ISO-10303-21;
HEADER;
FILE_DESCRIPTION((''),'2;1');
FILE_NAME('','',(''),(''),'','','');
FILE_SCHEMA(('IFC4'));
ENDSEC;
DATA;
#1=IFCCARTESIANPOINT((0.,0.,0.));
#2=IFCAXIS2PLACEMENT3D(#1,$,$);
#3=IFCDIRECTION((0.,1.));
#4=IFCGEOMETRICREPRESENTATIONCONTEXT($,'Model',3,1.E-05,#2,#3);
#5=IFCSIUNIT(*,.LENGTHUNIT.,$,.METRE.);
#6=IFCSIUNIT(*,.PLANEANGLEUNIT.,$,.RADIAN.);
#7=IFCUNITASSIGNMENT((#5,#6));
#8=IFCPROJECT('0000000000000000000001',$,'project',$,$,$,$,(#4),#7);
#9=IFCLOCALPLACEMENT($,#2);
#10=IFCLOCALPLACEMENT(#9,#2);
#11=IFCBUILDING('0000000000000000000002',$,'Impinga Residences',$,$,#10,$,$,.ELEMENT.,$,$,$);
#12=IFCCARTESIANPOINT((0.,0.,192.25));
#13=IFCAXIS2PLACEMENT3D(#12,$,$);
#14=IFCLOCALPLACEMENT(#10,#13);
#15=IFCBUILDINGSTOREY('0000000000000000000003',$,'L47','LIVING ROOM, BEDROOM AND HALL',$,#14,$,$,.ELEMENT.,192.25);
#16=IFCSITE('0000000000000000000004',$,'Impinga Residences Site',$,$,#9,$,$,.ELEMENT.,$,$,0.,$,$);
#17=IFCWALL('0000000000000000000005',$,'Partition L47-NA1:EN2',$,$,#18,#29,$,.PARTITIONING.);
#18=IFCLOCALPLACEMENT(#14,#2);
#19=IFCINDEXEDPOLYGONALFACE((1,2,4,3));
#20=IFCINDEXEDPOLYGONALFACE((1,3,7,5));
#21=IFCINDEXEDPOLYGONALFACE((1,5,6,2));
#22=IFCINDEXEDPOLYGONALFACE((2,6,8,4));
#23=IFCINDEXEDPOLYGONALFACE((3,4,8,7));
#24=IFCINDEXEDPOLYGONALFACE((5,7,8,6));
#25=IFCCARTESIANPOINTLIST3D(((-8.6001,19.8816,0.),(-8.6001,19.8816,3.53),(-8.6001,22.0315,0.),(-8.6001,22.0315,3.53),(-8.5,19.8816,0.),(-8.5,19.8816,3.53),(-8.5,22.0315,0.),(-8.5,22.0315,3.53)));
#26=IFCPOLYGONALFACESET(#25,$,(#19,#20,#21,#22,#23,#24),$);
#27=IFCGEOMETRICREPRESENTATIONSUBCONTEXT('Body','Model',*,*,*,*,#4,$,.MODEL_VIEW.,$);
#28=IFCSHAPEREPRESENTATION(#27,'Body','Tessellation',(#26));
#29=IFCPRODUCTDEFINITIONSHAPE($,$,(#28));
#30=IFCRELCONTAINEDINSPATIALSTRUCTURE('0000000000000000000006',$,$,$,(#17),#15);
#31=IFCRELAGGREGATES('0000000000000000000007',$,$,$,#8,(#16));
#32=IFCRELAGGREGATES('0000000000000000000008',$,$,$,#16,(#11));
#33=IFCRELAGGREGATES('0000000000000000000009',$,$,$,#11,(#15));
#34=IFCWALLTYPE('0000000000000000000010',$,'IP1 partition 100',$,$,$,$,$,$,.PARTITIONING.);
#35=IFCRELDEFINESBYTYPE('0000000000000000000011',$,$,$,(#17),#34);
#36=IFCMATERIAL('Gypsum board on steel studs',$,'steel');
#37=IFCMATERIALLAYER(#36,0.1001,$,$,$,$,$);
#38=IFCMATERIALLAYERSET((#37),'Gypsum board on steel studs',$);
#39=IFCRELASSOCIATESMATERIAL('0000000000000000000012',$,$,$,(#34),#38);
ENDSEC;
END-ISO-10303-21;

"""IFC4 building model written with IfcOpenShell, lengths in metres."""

from ifc_helpers import new_model, si_unit, direction, frame, frame_2d, origin, place, context, subcontext, project, spatial, rectangle, extrude, material, layer, layer_set, type_object, element, save


model = new_model("IFC4")

# Units and contexts
model_context = context("Model", 3, precision=1e-05, world=origin(), true_north=direction((0.0, 1.0)))
body_context = subcontext(model_context, "Body", "Model", "MODEL_VIEW")
ifc_project = project(units=[si_unit("LENGTHUNIT", "METRE"), si_unit("PLANEANGLEUNIT", "RADIAN")], contexts=[model_context])

# Site, building, storey
site_placement = place(None, origin())
site = spatial("IfcSite", under=ifc_project, at=site_placement, Name="Impinga Residences Site", CompositionType="ELEMENT", RefElevation=0.0)
building_placement = place(site_placement, origin())
building = spatial("IfcBuilding", under=site, at=building_placement, Name="Impinga Residences", CompositionType="ELEMENT")
storey_placement = place(building_placement, frame((0.0, 0.0, 192.25)))
storey = spatial("IfcBuildingStorey", under=building, at=storey_placement, Name="L47", Description="LIVING ROOM, BEDROOM AND HALL", CompositionType="ELEMENT", Elevation=192.25)

# Shared definitions
ifc_material_1 = material(Name="Gypsum board on steel studs", Category="steel")
ifc_layer_1 = layer(ifc_material_1, 0.1001)
ifc_layer_set_1 = layer_set([ifc_layer_1], Name="Gypsum board on steel studs")
wall_type_1 = type_object("IfcWallType", Name="IP1 partition 100", PredefinedType="PARTITIONING", material=ifc_layer_set_1)

# Wall
wall_1_placement = place(storey_placement, frame((-8.55, 19.8816, 0.0), z_axis=(0.0, 0.0, 1.0), x_axis=(0.0, 1.0, 0.0)))
element("IfcWall", 1, at=wall_1_placement, inside=storey, type_object=wall_type_1, Name="Partition L47-NA1:EN2", PredefinedType="PARTITIONING", context=body_context, shape_type="SweptSolid", body=[
    extrude(rectangle(XDim=2.1499, YDim=0.1001, at=frame_2d((1.075, 0.0))), origin(), (0.0, 0.0, 1.0), 3.53),
])

save(model, "model.ifc")
